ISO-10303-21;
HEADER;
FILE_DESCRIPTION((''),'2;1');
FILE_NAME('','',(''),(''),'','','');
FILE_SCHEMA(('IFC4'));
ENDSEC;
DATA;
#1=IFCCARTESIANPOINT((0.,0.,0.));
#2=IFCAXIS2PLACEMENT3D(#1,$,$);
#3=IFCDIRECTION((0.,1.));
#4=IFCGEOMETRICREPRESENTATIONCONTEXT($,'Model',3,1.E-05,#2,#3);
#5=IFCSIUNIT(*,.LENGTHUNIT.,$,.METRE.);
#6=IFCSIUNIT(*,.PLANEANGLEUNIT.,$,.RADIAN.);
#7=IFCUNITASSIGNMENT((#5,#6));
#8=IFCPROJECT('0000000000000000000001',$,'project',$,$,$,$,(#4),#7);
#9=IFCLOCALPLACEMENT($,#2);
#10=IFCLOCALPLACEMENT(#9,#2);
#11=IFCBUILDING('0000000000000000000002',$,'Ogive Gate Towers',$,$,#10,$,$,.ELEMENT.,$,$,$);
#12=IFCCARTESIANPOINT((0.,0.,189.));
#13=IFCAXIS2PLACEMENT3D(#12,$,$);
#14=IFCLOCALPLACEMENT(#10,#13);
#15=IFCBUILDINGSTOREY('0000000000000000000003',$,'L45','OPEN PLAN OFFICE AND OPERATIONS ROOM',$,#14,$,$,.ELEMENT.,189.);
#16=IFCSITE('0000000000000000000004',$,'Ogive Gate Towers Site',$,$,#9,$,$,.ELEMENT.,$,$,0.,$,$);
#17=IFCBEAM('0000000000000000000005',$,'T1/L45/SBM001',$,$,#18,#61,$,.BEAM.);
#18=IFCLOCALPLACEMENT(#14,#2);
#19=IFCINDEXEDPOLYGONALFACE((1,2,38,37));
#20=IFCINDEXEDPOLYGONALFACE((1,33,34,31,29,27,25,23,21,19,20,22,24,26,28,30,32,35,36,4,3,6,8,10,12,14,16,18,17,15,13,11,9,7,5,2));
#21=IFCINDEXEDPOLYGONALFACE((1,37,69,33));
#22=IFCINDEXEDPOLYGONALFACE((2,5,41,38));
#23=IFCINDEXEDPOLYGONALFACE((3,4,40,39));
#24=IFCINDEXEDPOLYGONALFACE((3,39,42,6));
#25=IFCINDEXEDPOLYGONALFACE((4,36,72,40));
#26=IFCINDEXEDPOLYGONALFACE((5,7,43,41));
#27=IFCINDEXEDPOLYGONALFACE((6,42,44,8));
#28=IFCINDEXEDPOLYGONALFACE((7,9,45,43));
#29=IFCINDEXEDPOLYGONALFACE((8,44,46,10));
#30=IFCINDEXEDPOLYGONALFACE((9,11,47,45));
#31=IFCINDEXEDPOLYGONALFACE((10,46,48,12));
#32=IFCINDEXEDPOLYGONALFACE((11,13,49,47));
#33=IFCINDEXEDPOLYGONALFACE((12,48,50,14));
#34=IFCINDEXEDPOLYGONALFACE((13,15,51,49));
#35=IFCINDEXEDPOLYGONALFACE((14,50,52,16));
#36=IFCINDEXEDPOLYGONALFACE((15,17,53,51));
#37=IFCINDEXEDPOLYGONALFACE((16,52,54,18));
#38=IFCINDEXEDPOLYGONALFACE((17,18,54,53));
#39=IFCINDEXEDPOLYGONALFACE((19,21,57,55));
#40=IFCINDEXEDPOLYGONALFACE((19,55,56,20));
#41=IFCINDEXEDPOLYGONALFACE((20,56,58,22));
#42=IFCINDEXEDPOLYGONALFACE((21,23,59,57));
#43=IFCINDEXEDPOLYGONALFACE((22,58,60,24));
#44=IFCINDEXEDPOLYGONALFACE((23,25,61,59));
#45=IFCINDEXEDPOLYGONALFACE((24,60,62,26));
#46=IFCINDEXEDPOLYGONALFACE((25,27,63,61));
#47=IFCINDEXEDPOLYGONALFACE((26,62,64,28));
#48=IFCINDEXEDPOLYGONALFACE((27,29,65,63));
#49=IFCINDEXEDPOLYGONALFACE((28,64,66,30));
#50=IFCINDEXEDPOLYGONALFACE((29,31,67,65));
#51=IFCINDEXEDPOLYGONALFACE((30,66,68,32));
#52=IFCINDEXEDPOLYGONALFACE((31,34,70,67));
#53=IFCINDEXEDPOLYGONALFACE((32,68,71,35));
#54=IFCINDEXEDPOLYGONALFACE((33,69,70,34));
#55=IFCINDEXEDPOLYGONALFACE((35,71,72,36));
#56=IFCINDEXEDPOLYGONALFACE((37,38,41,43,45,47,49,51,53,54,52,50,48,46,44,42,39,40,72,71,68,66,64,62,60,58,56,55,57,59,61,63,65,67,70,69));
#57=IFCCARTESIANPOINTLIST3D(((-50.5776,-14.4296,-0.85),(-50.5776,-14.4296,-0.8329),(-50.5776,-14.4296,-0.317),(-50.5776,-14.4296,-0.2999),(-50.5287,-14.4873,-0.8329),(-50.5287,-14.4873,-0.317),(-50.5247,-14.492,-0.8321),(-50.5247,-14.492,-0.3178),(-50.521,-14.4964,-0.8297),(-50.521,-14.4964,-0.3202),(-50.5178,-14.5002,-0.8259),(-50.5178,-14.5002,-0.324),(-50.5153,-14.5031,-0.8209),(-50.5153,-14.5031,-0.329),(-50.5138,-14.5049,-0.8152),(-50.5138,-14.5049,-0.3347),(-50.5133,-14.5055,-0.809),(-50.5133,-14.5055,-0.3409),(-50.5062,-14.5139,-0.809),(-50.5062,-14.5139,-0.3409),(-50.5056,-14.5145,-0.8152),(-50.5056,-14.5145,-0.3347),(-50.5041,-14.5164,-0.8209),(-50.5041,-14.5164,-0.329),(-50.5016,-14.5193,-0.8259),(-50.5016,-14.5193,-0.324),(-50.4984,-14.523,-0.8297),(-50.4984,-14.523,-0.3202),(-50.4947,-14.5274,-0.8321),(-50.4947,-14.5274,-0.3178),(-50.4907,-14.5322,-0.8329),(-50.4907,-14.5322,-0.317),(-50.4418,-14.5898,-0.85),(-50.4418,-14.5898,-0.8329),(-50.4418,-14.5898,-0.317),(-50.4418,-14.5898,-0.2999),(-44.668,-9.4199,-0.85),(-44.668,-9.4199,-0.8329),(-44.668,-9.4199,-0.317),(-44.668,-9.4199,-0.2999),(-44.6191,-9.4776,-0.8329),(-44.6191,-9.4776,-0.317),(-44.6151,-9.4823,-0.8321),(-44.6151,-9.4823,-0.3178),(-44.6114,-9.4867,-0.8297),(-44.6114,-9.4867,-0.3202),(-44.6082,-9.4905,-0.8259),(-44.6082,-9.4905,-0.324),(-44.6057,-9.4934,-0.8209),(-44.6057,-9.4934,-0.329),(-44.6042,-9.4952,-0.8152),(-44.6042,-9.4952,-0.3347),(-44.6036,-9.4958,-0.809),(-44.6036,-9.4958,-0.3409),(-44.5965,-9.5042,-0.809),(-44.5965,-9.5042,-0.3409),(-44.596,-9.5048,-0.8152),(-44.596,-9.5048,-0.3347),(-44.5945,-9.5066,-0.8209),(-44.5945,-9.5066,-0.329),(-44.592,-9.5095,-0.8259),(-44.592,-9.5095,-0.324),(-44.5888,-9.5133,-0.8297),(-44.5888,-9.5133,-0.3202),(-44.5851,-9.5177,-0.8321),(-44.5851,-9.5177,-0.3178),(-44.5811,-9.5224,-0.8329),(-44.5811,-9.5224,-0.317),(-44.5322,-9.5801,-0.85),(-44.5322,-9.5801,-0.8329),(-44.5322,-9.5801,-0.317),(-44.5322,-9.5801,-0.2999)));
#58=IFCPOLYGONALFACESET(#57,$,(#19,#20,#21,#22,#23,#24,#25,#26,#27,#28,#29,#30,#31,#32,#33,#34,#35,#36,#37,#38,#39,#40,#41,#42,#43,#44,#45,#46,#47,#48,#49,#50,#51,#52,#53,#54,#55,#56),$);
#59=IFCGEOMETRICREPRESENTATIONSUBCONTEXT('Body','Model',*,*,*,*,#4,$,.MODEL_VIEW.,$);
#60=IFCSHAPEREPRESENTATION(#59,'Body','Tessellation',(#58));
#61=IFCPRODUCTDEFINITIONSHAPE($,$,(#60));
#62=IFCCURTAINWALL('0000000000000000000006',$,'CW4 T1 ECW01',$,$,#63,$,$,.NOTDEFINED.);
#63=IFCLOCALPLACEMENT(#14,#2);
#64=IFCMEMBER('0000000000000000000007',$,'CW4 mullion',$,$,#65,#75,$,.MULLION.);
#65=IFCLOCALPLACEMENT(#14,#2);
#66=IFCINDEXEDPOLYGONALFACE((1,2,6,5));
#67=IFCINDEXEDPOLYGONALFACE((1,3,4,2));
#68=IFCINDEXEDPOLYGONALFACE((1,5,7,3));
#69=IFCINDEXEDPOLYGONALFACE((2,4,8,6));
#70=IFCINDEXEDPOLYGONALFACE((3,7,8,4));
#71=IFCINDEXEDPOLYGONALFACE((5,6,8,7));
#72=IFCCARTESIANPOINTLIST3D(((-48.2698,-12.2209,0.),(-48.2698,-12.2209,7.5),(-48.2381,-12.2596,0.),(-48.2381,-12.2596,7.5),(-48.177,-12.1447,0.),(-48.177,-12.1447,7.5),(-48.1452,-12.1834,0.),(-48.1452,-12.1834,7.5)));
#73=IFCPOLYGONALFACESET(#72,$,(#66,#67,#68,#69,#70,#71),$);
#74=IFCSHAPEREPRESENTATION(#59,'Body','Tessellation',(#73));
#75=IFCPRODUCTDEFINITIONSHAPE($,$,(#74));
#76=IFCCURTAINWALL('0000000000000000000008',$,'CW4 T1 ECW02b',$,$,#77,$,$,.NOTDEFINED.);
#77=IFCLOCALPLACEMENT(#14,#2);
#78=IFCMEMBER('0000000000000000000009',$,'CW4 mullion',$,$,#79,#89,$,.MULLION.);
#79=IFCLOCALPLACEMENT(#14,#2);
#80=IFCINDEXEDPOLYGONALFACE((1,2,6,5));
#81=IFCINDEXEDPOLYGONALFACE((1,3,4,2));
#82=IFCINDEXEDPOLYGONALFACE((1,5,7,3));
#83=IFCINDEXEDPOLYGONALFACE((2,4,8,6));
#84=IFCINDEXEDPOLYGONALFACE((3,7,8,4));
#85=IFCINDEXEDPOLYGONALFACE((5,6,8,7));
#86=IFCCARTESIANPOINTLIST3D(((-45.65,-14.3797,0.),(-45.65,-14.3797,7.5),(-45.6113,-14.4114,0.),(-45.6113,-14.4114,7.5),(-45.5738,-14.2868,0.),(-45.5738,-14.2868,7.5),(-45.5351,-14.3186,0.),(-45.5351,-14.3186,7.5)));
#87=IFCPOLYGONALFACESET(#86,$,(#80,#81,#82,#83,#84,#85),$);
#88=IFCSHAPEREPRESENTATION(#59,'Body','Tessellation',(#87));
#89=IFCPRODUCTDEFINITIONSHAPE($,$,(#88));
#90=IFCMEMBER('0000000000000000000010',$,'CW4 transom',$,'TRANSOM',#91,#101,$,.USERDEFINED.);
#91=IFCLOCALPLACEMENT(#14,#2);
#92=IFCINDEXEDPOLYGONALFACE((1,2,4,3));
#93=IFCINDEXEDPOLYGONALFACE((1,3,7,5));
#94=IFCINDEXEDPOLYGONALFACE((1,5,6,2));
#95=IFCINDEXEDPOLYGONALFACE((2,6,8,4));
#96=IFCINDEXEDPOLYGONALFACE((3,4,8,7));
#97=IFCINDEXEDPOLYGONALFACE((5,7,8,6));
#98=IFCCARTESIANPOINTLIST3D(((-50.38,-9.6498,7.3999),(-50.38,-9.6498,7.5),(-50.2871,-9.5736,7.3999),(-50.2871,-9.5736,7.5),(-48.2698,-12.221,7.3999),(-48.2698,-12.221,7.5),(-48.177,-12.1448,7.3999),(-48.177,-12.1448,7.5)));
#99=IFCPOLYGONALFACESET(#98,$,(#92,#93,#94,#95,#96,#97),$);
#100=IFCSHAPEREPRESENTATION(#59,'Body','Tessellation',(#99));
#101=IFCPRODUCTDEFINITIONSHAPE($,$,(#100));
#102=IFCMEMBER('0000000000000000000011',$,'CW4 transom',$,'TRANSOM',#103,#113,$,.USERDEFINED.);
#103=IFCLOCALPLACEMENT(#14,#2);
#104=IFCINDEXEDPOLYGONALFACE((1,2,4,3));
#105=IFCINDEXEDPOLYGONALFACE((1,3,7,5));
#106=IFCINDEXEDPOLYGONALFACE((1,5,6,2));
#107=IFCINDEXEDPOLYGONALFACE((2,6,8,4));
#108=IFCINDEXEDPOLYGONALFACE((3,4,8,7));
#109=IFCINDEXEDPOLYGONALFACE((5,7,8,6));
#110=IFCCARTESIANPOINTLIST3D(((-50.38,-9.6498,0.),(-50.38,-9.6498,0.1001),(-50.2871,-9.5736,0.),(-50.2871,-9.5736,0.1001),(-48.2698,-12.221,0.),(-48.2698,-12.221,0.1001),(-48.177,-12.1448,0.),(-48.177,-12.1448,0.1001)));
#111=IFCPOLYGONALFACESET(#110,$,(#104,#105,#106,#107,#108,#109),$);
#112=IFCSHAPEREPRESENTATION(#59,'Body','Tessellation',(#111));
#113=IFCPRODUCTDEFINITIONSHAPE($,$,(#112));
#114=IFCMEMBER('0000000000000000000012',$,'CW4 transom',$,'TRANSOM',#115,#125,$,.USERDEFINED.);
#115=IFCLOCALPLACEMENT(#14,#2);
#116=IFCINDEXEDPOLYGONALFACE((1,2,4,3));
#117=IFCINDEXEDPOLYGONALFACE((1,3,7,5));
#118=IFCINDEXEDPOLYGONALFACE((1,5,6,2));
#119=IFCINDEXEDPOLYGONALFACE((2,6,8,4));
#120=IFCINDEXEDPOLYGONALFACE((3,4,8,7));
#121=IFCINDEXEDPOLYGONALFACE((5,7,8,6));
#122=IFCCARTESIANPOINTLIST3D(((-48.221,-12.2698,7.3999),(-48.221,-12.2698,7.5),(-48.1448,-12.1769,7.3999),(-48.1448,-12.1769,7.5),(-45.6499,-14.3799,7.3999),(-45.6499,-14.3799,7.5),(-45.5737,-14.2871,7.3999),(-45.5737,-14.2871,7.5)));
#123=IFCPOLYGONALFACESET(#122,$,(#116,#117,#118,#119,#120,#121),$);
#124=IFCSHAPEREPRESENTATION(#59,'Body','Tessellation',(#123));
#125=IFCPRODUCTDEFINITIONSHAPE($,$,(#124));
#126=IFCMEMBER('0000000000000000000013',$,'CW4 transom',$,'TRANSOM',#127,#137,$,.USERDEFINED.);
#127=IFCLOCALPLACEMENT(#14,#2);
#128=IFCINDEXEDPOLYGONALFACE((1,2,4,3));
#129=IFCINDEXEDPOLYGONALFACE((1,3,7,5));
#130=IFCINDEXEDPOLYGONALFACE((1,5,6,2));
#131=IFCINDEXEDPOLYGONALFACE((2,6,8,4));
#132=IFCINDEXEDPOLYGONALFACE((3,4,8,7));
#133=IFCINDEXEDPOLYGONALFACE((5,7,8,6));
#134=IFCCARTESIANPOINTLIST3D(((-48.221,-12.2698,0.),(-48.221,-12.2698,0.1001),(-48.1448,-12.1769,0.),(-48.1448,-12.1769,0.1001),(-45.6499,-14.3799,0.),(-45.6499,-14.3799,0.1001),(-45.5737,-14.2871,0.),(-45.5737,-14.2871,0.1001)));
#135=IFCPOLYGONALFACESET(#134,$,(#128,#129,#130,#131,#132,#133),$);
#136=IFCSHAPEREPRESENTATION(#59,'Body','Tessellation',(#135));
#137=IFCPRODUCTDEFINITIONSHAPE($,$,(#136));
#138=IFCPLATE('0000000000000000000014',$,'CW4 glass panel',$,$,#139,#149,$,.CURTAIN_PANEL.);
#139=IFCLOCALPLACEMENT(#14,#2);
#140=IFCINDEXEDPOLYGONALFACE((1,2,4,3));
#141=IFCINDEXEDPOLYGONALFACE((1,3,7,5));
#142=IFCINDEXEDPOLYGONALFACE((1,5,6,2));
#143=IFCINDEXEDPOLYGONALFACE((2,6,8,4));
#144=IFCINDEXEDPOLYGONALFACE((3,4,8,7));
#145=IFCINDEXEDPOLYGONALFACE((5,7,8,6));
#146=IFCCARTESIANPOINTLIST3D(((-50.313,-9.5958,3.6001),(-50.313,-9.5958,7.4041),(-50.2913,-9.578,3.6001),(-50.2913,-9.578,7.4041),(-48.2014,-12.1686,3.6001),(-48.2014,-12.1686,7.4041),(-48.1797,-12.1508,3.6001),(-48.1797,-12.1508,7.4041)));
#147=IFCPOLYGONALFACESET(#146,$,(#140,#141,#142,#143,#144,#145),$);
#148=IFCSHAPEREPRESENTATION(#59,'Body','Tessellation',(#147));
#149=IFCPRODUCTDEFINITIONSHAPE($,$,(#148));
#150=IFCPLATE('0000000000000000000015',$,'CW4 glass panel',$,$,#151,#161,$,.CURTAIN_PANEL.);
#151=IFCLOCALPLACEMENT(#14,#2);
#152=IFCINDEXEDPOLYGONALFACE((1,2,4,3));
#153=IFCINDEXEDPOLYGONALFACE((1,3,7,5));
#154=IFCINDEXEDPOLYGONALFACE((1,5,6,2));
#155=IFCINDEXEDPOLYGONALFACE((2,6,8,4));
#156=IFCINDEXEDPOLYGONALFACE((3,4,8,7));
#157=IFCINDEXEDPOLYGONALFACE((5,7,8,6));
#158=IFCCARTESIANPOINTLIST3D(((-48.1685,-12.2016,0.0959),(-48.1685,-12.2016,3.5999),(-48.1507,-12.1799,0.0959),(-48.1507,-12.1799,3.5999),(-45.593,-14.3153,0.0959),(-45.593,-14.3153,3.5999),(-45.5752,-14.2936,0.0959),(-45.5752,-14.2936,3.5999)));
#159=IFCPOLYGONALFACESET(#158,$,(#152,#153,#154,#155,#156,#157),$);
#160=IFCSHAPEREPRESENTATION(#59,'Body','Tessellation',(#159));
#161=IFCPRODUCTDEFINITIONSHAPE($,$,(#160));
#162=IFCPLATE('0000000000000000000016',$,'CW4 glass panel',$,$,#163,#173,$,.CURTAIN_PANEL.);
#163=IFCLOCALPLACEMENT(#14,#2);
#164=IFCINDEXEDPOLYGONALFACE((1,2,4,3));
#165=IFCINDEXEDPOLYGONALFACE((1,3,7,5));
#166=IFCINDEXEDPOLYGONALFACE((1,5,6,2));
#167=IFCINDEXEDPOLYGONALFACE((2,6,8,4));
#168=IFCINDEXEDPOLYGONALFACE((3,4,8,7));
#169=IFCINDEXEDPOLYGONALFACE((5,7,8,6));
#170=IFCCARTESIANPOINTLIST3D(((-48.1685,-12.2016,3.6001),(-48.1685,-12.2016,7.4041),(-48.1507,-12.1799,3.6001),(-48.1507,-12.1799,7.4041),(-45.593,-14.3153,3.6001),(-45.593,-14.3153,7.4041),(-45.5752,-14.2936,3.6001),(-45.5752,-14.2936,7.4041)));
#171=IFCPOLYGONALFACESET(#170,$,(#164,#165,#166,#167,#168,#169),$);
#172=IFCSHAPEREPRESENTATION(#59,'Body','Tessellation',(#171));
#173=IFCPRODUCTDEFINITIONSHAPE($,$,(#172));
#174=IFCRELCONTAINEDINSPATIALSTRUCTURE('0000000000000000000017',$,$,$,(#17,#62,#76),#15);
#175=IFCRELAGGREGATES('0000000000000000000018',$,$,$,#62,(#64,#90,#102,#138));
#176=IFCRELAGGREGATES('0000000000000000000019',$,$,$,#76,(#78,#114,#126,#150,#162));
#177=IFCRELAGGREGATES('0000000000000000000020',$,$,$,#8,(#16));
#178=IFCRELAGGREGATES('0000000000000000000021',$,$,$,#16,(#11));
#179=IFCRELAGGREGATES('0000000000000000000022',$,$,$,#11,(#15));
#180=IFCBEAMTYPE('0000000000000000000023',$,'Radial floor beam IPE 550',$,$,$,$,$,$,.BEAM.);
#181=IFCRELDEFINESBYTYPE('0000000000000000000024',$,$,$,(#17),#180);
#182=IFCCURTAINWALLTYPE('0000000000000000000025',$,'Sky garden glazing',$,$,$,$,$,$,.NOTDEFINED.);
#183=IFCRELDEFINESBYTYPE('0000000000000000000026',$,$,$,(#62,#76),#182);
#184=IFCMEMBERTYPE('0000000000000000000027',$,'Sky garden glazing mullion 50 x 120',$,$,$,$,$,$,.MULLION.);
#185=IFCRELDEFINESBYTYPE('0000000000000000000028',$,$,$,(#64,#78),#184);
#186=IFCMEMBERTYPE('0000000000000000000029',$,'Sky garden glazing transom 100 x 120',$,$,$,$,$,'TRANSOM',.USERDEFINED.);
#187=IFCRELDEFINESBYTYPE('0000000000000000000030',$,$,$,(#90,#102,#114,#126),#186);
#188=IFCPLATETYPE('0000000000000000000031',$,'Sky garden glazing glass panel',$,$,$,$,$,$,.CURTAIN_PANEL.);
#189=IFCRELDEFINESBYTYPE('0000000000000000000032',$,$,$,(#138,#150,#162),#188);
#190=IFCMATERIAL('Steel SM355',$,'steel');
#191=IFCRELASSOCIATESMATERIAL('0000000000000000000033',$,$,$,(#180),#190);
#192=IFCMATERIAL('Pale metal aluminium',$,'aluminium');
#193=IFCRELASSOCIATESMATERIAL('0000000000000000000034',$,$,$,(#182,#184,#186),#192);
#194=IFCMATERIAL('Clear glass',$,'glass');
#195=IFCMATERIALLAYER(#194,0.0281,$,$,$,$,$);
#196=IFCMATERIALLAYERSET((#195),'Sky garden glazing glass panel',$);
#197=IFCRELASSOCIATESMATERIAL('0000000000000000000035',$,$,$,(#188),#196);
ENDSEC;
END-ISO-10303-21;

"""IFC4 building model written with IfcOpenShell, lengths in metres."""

from ifc_helpers import new_model, si_unit, direction, frame, origin, origin_2d, place, context, subcontext, project, spatial, rectangle, i_section, extrude, material, layer, layer_set, material_profile, profile_set, type_object, element, aggregate, save


model = new_model("IFC4")

# Units and contexts
model_context = context("Model", 3, precision=1e-05, world=origin(), true_north=direction((0.0, 1.0)))
body_context = subcontext(model_context, "Body", "Model", "MODEL_VIEW")
ifc_project = project(units=[si_unit("LENGTHUNIT", "METRE"), si_unit("PLANEANGLEUNIT", "RADIAN")], contexts=[model_context])

# Site, building, storey
site_placement = place(None, origin())
site = spatial("IfcSite", under=ifc_project, at=site_placement, Name="Ogive Gate Towers Site", CompositionType="ELEMENT", RefElevation=0.0)
building_placement = place(site_placement, origin())
building = spatial("IfcBuilding", under=site, at=building_placement, Name="Ogive Gate Towers", CompositionType="ELEMENT")
storey_placement = place(building_placement, frame((0.0, 0.0, 189.0)))
storey = spatial("IfcBuildingStorey", under=building, at=storey_placement, Name="L45", Description="OPEN PLAN OFFICE AND OPERATIONS ROOM", CompositionType="ELEMENT", Elevation=189.0)

# Beam
ifc_material_1 = material(Name="Steel SM355", Category="steel")
ifc_material_profile_1 = material_profile(ifc_material_1, i_section(OverallWidth=0.21, OverallDepth=0.55, WebThickness=0.011, FlangeThickness=0.0171, FilletRadius=0.0239, at=origin_2d()), Name="IPE 550")
ifc_profile_set_1 = profile_set([ifc_material_profile_1], Name="Steel SM355")
beam_type = type_object("IfcBeamType", Name="Radial floor beam IPE 550", PredefinedType="BEAM", material=ifc_profile_set_1)
beam_placement = place(storey_placement, frame((-44.6001, -9.5, -0.575), z_axis=(-0.762795, -0.64664, 0.0), x_axis=(0.64664, -0.762795, 0.0)))
element("IfcBeam", 1, at=beam_placement, inside=storey, type_object=beam_type, Name="T1/L45/SBM001", PredefinedType="BEAM", context=body_context, shape_type="SweptSolid", body=[
    extrude(i_section(OverallWidth=0.21, OverallDepth=0.55, WebThickness=0.011, FlangeThickness=0.0171, FilletRadius=0.0239, at=origin_2d()), origin(), (0.0, 0.0, 1.0), 7.7473),
])

# Curtain walls, members
ifc_material_2 = material(Name="Pale metal aluminium", Category="aluminium")
curtain_wall_type = type_object("IfcCurtainWallType", Name="Sky garden glazing", PredefinedType="NOTDEFINED", material=ifc_material_2)
curtain_wall_1_placement = place(storey_placement, origin())
curtain_wall_1 = element("IfcCurtainWall", 2, at=curtain_wall_1_placement, inside=storey, type_object=curtain_wall_type, Name="CW4 T1 ECW01", PredefinedType="NOTDEFINED")
ifc_material_profile_2 = material_profile(ifc_material_2, rectangle(XDim=0.1201, YDim=0.05, at=origin_2d()), Name="50 x 120 aluminium box")
ifc_profile_set_2 = profile_set([ifc_material_profile_2], Name="Pale metal aluminium")
member_type_1 = type_object("IfcMemberType", Name="Sky garden glazing mullion 50 x 120", PredefinedType="MULLION", material=ifc_profile_set_2)
member_1_placement = place(storey_placement, frame((-48.2075, -12.2021, 0.0), z_axis=(0.0, 0.0, 1.0), x_axis=(0.772999, 0.634407, 0.0)))
member_1 = element("IfcMember", 3, at=member_1_placement, type_object=member_type_1, Name="CW4 mullion", PredefinedType="MULLION", context=body_context, shape_type="SweptSolid", body=[
    extrude(rectangle(XDim=0.1201, YDim=0.05, at=origin_2d()), origin(), (0.0, 0.0, 1.0), 7.5),
])
curtain_wall_2_placement = place(storey_placement, origin())
curtain_wall_2 = element("IfcCurtainWall", 4, at=curtain_wall_2_placement, inside=storey, type_object=curtain_wall_type, Name="CW4 T1 ECW02b", PredefinedType="NOTDEFINED")
member_2_placement = place(storey_placement, frame((-45.5925, -14.3491, 0.0), z_axis=(0.0, 0.0, 1.0), x_axis=(0.634407, 0.772999, 0.0)))
member_2 = element("IfcMember", 5, at=member_2_placement, type_object=member_type_1, Name="CW4 mullion", PredefinedType="MULLION", context=body_context, shape_type="SweptSolid", body=[
    extrude(rectangle(XDim=0.1201, YDim=0.05, at=origin_2d()), origin(), (0.0, 0.0, 1.0), 7.5),
])

# Members
ifc_material_profile_3 = material_profile(ifc_material_2, rectangle(XDim=0.1201, YDim=0.1001, at=origin_2d()), Name="100 x 120 aluminium box")
ifc_profile_set_3 = profile_set([ifc_material_profile_3], Name="Pale metal aluminium")
member_type_2 = type_object("IfcMemberType", Name="Sky garden glazing transom 100 x 120", ElementType="TRANSOM", PredefinedType="USERDEFINED", material=ifc_profile_set_3)
member_3_placement = place(storey_placement, frame((-48.2234, -12.1829, 7.45), z_axis=(-0.634412, 0.772995, 0.0), x_axis=(-0.772995, -0.634412, 0.0)))
member_3 = element("IfcMember", 6, at=member_3_placement, type_object=member_type_2, Name="CW4 transom", ObjectType="TRANSOM", PredefinedType="USERDEFINED", context=body_context, shape_type="SweptSolid", body=[
    extrude(rectangle(XDim=0.1201, YDim=0.1001, at=origin_2d()), origin(), (0.0, 0.0, 1.0), 3.3262),
])
member_4_placement = place(storey_placement, frame((-48.2234, -12.1829, 0.05), z_axis=(-0.634412, 0.772995, 0.0), x_axis=(-0.772995, -0.634412, 0.0)))
member_4 = element("IfcMember", 7, at=member_4_placement, type_object=member_type_2, Name="CW4 transom", ObjectType="TRANSOM", PredefinedType="USERDEFINED", context=body_context, shape_type="SweptSolid", body=[
    extrude(rectangle(XDim=0.1201, YDim=0.1001, at=origin_2d()), origin(), (0.0, 0.0, 1.0), 3.3262),
])
member_5_placement = place(storey_placement, frame((-45.6118, -14.3335, 7.45), z_axis=(-0.772995, 0.634412, 0.0), x_axis=(-0.634412, -0.772995, 0.0)))
member_5 = element("IfcMember", 8, at=member_5_placement, type_object=member_type_2, Name="CW4 transom", ObjectType="TRANSOM", PredefinedType="USERDEFINED", context=body_context, shape_type="SweptSolid", body=[
    extrude(rectangle(XDim=0.1201, YDim=0.1001, at=origin_2d()), origin(), (0.0, 0.0, 1.0), 3.3262),
])
member_6_placement = place(storey_placement, frame((-45.6118, -14.3335, 0.05), z_axis=(-0.772995, 0.634412, 0.0), x_axis=(-0.634412, -0.772995, 0.0)))
member_6 = element("IfcMember", 9, at=member_6_placement, type_object=member_type_2, Name="CW4 transom", ObjectType="TRANSOM", PredefinedType="USERDEFINED", context=body_context, shape_type="SweptSolid", body=[
    extrude(rectangle(XDim=0.1201, YDim=0.1001, at=origin_2d()), origin(), (0.0, 0.0, 1.0), 3.3262),
])

# Plates
ifc_material_3 = material(Name="Clear glass", Category="glass")
ifc_layer_1 = layer(ifc_material_3, 0.0281)
ifc_layer_set_1 = layer_set([ifc_layer_1], Name="Sky garden glazing glass panel")
plate_type = type_object("IfcPlateType", Name="Sky garden glazing glass panel", PredefinedType="CURTAIN_PANEL", material=ifc_layer_set_1)
plate_1_placement = place(storey_placement, frame((-49.2463, -10.8733, 3.6001), z_axis=(0.0, 0.0, 1.0), x_axis=(-0.634407, 0.772999, 0.0)))
plate_1 = element("IfcPlate", 10, at=plate_1_placement, type_object=plate_type, Name="CW4 glass panel", PredefinedType="CURTAIN_PANEL", context=body_context, shape_type="SweptSolid", body=[
    extrude(rectangle(XDim=3.3284, YDim=0.0281, at=origin_2d()), origin(), (0.0, 0.0, 1.0), 3.804),
])
aggregate(curtain_wall_1, [member_1, member_3, member_4, plate_1])
plate_2_placement = place(storey_placement, frame((-46.8718, -13.2476, 0.0959), z_axis=(0.0, 0.0, 1.0), x_axis=(-0.772999, 0.634407, 0.0)))
plate_2 = element("IfcPlate", 11, at=plate_2_placement, type_object=plate_type, Name="CW4 glass panel", PredefinedType="CURTAIN_PANEL", context=body_context, shape_type="SweptSolid", body=[
    extrude(rectangle(XDim=3.3318, YDim=0.0281, at=origin_2d()), origin(), (0.0, 0.0, 1.0), 3.5039),
])
plate_3_placement = place(storey_placement, frame((-46.8718, -13.2476, 3.6001), z_axis=(0.0, 0.0, 1.0), x_axis=(-0.772999, 0.634407, 0.0)))
plate_3 = element("IfcPlate", 12, at=plate_3_placement, type_object=plate_type, Name="CW4 glass panel", PredefinedType="CURTAIN_PANEL", context=body_context, shape_type="SweptSolid", body=[
    extrude(rectangle(XDim=3.3318, YDim=0.0281, at=origin_2d()), origin(), (0.0, 0.0, 1.0), 3.804),
])
aggregate(curtain_wall_2, [member_2, member_5, member_6, plate_2, plate_3])

save(model, "model.ifc")
